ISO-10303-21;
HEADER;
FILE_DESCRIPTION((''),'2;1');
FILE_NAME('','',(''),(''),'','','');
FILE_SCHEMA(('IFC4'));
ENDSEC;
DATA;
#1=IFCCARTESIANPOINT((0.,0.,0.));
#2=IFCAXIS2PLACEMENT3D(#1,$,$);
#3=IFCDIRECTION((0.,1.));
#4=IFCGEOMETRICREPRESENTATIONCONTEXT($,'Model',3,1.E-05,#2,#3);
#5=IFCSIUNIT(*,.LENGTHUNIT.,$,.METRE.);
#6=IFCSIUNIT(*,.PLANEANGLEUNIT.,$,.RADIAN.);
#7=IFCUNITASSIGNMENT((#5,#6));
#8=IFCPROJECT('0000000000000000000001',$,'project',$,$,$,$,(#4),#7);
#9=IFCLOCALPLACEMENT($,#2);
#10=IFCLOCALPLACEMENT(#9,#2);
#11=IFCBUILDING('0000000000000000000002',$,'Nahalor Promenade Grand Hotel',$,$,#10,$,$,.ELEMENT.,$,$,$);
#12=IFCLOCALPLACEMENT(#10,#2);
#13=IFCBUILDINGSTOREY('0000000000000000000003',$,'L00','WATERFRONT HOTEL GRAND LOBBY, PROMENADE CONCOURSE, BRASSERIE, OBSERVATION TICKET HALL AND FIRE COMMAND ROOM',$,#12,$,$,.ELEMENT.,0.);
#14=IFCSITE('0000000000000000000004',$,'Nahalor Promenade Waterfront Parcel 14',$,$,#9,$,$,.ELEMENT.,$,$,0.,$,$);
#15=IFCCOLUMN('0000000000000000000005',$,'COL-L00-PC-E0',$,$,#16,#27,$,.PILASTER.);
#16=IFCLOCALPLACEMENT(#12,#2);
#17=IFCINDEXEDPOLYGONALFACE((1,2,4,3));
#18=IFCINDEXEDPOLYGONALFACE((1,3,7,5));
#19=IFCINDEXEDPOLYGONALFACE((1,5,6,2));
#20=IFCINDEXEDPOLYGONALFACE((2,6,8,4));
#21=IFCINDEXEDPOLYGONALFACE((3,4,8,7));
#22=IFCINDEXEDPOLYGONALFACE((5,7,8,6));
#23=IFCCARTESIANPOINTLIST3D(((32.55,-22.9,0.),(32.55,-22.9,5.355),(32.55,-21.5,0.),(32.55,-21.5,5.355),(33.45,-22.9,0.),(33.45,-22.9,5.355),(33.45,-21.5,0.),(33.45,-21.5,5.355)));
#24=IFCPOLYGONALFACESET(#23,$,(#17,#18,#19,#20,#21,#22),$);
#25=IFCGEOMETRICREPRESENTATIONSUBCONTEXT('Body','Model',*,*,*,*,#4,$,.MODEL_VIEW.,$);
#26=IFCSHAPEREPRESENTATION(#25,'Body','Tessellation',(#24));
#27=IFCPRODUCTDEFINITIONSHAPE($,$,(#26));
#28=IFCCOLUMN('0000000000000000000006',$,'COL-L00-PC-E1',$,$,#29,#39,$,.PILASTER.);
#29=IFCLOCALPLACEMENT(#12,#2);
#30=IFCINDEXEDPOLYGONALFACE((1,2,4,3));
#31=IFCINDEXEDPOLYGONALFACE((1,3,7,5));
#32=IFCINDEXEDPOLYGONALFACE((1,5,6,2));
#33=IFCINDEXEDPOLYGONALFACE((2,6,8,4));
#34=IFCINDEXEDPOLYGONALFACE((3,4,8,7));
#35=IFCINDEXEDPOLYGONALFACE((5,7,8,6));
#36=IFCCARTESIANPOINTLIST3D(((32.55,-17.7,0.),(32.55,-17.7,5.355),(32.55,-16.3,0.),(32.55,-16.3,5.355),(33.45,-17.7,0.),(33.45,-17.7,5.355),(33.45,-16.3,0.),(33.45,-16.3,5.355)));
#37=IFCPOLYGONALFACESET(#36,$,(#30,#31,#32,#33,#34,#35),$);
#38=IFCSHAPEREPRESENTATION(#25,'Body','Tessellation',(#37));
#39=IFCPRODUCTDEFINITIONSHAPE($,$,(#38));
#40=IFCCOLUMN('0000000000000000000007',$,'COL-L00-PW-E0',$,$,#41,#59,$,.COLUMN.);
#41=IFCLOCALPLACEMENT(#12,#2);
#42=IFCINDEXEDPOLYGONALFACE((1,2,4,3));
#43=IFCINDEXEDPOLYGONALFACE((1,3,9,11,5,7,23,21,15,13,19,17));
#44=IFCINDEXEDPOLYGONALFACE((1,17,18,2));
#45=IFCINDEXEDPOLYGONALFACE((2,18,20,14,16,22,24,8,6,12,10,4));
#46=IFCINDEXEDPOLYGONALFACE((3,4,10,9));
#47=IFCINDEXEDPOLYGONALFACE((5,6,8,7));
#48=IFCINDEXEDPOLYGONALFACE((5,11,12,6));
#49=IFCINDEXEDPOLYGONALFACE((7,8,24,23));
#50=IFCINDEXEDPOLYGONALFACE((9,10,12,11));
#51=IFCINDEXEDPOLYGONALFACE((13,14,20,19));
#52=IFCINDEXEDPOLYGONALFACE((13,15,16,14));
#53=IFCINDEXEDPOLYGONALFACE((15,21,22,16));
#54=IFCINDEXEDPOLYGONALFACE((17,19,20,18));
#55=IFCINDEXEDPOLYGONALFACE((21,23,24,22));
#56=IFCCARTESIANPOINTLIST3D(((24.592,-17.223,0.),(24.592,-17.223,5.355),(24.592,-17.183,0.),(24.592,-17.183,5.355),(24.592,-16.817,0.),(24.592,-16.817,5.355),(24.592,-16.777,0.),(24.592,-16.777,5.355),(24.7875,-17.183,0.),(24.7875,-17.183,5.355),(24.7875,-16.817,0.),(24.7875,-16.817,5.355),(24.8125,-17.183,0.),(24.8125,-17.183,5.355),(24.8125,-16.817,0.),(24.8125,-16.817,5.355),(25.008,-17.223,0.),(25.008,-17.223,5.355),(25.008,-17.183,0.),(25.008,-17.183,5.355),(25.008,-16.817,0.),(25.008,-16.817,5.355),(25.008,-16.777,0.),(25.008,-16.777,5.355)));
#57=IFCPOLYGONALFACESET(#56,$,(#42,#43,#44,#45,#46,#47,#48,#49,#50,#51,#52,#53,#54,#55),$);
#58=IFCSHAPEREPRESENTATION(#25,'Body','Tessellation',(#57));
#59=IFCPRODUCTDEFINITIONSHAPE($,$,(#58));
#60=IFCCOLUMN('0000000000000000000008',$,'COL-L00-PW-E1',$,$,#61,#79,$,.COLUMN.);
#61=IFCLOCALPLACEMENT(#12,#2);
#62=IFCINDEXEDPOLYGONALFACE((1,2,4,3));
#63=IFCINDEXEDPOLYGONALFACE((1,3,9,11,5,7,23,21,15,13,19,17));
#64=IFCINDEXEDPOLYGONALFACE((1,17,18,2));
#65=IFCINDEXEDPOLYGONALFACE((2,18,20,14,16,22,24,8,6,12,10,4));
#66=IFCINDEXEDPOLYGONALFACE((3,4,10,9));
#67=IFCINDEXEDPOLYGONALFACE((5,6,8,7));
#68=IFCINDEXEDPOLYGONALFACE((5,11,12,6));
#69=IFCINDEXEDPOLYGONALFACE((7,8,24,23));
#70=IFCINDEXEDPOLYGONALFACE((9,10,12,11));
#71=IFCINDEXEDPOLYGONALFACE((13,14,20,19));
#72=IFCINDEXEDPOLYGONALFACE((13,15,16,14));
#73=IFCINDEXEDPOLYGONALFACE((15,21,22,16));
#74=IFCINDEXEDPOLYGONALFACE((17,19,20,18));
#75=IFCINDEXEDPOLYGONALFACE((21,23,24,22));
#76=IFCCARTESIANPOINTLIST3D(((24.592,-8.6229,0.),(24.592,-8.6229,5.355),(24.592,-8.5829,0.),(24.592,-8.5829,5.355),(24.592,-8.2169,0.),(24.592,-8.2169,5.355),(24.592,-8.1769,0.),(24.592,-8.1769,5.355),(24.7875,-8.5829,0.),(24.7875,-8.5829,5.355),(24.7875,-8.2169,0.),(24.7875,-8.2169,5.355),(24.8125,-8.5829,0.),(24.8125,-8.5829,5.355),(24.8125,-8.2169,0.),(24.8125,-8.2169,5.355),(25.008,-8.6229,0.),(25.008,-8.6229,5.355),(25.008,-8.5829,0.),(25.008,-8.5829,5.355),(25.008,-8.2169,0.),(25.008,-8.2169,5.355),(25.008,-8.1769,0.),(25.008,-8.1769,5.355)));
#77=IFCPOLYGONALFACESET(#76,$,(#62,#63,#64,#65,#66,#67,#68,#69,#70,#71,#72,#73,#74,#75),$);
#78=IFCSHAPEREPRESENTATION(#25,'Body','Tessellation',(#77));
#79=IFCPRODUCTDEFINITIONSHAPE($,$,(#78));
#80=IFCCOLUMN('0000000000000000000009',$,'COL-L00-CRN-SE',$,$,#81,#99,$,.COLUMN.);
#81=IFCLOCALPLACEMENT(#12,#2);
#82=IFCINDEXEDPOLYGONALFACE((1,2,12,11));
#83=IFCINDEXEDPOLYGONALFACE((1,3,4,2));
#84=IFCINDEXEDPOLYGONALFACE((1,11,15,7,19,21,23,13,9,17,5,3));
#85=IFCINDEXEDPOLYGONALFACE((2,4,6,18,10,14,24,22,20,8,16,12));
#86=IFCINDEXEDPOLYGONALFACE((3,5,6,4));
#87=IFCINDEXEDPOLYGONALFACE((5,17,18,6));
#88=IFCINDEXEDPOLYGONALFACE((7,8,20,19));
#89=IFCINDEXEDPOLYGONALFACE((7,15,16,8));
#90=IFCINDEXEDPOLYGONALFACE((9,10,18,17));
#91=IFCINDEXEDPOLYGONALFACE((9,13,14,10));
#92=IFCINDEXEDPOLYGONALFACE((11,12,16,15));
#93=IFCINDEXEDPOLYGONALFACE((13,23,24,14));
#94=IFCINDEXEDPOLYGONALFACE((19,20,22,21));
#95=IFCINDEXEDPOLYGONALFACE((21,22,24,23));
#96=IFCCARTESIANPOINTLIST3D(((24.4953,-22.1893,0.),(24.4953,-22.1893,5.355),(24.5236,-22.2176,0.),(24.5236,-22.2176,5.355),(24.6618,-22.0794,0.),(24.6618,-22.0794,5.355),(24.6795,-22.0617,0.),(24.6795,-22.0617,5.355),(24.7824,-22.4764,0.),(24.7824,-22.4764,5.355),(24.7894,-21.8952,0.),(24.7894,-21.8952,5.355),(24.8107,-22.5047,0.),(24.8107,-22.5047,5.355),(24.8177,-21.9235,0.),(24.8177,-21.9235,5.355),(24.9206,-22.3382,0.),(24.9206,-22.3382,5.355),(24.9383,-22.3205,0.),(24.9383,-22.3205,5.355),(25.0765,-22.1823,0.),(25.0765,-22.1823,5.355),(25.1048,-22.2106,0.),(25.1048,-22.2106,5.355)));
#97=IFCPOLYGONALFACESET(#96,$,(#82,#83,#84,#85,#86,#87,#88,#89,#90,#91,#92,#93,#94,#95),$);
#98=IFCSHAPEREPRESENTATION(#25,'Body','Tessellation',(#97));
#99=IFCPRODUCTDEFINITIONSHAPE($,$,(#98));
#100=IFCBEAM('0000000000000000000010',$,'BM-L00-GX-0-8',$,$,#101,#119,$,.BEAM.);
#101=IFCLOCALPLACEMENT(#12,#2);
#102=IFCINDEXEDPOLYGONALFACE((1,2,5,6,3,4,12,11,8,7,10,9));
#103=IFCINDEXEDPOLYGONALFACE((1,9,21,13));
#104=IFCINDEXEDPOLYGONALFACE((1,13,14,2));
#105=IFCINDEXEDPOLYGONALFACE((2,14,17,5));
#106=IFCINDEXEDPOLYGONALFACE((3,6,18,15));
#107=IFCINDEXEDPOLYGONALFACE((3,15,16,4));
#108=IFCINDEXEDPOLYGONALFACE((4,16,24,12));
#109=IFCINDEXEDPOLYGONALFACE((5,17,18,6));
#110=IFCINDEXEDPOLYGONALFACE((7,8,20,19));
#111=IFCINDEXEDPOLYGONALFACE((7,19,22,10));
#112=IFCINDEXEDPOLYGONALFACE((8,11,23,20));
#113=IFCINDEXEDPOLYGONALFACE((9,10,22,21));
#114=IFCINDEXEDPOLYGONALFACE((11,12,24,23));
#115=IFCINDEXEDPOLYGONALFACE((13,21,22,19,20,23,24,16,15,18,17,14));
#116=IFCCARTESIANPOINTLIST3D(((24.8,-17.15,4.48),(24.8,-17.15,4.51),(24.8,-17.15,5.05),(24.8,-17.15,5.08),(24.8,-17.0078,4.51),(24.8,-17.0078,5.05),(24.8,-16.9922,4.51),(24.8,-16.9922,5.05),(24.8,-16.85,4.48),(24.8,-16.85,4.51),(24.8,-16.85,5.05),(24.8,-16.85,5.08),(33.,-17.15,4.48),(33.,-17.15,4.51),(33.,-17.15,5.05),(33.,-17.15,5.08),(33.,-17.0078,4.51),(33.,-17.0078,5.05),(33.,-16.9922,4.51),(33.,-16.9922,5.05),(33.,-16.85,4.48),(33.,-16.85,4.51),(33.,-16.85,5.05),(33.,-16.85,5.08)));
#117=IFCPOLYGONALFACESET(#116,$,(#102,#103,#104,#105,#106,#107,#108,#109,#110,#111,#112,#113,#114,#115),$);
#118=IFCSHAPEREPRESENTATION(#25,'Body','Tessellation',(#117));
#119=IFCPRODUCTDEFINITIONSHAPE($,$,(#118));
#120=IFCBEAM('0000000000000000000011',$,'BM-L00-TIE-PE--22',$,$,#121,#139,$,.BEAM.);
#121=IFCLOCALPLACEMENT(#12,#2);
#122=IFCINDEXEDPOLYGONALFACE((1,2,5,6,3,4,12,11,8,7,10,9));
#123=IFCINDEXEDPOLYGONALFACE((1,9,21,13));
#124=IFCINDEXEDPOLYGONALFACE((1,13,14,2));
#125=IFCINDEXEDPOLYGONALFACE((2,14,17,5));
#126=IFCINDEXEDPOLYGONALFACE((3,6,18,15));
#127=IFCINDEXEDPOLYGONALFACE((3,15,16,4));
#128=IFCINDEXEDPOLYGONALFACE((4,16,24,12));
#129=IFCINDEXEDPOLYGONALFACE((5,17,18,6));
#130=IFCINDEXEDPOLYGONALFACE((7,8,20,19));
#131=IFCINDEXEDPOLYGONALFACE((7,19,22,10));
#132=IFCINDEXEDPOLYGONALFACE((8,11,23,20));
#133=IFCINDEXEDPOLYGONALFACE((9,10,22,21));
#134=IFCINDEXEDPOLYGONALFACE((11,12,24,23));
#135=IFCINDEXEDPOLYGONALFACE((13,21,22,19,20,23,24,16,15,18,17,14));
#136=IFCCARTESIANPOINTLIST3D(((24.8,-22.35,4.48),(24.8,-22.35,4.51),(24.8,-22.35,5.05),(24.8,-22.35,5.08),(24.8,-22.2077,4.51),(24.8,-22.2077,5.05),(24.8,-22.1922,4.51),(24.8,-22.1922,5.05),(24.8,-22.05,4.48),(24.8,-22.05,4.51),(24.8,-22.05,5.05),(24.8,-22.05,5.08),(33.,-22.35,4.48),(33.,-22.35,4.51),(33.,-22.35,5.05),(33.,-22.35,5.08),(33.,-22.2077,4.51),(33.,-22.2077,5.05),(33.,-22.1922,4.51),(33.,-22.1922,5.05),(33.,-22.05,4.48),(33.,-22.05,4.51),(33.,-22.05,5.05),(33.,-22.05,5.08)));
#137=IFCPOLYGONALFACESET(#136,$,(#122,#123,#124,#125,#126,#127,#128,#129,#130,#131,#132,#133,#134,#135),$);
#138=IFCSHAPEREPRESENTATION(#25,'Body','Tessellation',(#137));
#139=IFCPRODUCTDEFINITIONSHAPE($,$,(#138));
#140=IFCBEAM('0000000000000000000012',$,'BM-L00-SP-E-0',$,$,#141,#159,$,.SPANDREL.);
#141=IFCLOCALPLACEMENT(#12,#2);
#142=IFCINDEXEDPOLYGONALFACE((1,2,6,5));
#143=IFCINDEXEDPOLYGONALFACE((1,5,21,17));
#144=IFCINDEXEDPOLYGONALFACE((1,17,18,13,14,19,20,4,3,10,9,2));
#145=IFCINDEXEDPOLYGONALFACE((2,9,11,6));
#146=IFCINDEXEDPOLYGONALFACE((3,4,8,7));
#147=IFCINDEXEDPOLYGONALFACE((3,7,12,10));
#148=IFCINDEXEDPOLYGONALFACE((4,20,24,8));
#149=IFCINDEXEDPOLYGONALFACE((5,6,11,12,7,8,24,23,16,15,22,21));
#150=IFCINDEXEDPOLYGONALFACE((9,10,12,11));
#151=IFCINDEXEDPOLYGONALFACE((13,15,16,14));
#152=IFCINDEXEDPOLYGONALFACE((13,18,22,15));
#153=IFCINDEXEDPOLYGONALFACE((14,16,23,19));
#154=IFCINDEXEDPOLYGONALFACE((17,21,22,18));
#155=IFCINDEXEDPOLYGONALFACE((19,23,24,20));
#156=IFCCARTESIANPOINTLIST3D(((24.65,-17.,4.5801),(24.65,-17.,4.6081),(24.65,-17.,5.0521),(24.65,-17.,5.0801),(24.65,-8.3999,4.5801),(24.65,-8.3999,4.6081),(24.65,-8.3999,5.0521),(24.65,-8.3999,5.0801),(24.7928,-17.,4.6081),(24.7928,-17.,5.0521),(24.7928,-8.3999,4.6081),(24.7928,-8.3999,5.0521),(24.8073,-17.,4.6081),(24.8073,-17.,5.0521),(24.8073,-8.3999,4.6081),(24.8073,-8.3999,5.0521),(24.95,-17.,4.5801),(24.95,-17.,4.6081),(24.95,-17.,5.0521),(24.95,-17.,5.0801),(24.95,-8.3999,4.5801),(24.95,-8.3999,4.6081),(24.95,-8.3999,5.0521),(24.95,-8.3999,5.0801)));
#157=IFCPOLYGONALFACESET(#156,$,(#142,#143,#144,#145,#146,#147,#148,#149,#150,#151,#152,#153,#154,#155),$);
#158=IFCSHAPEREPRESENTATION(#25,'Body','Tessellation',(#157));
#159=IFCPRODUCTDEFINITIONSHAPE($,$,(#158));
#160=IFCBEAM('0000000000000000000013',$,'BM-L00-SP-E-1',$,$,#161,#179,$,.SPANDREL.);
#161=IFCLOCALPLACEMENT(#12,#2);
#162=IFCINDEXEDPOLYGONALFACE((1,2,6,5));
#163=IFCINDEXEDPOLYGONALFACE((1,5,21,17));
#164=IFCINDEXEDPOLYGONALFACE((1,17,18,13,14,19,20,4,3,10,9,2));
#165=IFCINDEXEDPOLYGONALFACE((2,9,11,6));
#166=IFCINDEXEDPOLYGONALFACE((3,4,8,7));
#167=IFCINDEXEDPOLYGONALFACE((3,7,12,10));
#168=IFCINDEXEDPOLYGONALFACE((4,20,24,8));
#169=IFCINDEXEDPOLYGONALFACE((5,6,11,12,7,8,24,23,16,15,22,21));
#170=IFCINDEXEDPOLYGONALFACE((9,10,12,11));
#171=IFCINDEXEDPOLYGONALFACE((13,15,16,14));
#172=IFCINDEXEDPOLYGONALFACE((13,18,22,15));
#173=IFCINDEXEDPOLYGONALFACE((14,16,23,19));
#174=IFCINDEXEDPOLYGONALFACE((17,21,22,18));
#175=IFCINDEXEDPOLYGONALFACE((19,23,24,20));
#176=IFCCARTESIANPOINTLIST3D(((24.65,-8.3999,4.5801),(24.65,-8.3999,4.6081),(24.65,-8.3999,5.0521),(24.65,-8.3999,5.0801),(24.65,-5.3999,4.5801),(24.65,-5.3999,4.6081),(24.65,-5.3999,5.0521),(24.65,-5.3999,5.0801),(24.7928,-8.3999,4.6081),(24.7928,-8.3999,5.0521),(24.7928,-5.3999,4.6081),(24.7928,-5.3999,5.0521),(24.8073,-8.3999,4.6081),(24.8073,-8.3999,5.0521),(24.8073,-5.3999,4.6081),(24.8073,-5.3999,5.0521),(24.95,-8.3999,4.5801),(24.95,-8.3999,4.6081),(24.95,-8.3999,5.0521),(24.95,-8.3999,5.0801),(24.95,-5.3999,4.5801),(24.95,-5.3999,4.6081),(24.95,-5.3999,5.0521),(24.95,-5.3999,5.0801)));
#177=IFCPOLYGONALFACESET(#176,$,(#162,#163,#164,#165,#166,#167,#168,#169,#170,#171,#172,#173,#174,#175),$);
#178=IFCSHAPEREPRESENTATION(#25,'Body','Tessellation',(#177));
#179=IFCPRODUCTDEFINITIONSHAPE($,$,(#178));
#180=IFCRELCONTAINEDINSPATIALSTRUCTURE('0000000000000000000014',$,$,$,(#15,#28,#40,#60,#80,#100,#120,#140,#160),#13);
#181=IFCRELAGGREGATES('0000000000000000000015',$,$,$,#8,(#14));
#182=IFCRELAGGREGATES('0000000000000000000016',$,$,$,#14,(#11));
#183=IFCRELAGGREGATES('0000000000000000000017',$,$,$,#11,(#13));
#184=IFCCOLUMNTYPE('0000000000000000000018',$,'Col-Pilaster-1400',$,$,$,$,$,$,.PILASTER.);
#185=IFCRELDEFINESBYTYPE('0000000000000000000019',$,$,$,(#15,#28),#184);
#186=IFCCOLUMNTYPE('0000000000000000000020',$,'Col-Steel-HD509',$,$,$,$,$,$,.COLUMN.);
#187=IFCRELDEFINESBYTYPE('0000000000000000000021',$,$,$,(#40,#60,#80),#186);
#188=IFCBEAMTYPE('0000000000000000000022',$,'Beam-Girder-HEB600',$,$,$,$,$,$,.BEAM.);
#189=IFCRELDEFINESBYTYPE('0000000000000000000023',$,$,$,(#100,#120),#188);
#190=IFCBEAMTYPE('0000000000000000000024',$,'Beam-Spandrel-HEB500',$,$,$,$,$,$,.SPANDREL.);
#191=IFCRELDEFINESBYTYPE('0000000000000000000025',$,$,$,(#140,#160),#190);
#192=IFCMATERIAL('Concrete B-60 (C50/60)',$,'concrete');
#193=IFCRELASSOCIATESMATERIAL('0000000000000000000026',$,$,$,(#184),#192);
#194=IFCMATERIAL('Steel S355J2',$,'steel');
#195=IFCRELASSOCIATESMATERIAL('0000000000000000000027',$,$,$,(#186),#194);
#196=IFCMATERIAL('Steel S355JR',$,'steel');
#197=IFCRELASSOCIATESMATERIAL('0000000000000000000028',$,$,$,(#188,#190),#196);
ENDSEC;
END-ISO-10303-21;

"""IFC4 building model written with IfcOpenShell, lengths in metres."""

from ifc_helpers import new_model, si_unit, direction, frame, origin, origin_2d, place, context, subcontext, project, spatial, rectangle, i_section, extrude, source, transform, mapped, material, material_profile, profile_set, type_object, element, save


model = new_model("IFC4")

# Units and contexts
model_context = context("Model", 3, precision=1e-05, world=origin(), true_north=direction((0.0, 1.0)))
body_context = subcontext(model_context, "Body", "Model", "MODEL_VIEW")
ifc_project = project(units=[si_unit("LENGTHUNIT", "METRE"), si_unit("PLANEANGLEUNIT", "RADIAN")], contexts=[model_context])

# Site, building, storey
site_placement = place(None, origin())
site = spatial("IfcSite", under=ifc_project, at=site_placement, Name="Nahalor Promenade Waterfront Parcel 14", CompositionType="ELEMENT", RefElevation=0.0)
building_placement = place(site_placement, origin())
building = spatial("IfcBuilding", under=site, at=building_placement, Name="Nahalor Promenade Grand Hotel", CompositionType="ELEMENT")
storey_placement = place(building_placement, origin())
storey = spatial("IfcBuildingStorey", under=building, at=storey_placement, Name="L00", Description="WATERFRONT HOTEL GRAND LOBBY, PROMENADE CONCOURSE, BRASSERIE, OBSERVATION TICKET HALL AND FIRE COMMAND ROOM", CompositionType="ELEMENT", Elevation=0.0)

# Columns
ifc_material_1 = material(Name="Concrete B-60 (C50/60)", Category="concrete")
ifc_material_profile_1 = material_profile(ifc_material_1, rectangle(XDim=0.9, YDim=1.4, at=origin_2d()), Name="RC 900x1400")
ifc_profile_set_1 = profile_set([ifc_material_profile_1], Name="Concrete B-60 (C50/60)")
column_type_1 = type_object("IfcColumnType", Name="Col-Pilaster-1400", PredefinedType="PILASTER", material=ifc_profile_set_1)
shared_shape_1 = source(origin(), body_context, "Body", "SweptSolid", [
    extrude(rectangle(XDim=0.9, YDim=1.4, at=origin_2d()), origin(), (0.0, 0.0, 1.0), 5.355),
])
for number, where, z_axis, x_axis, name in (
    (1, (33.0, -22.2, 0.0), (0.0, 0.0, 1.0), (1.0, 0.0, 0.0), "COL-L00-PC-E0"),
    (2, (33.0, -17.0, 0.0), (0.0, 0.0, 1.0), (1.0, 0.0, 0.0), "COL-L00-PC-E1"),
):
    element("IfcColumn", number, at=place(storey_placement, frame(where, z_axis=z_axis, x_axis=x_axis)), inside=storey, type_object=column_type_1, Name=name, PredefinedType="PILASTER", context=body_context, shape_type="MappedRepresentation", body=[
        mapped(shared_shape_1, transform((0.0, 0.0, 0.0), scale=1.0)),
    ])
ifc_material_2 = material(Name="Steel S355J2", Category="steel")
ifc_material_profile_2 = material_profile(ifc_material_2, i_section(OverallWidth=0.416, OverallDepth=0.446, WebThickness=0.025, FlangeThickness=0.04, at=origin_2d()), Name="HD 400x509")
ifc_profile_set_2 = profile_set([ifc_material_profile_2], Name="Steel S355J2")
column_type_2 = type_object("IfcColumnType", Name="Col-Steel-HD509", PredefinedType="COLUMN", material=ifc_profile_set_2)
shared_shape_2 = source(origin(), body_context, "Body", "SweptSolid", [
    extrude(i_section(OverallWidth=0.416, OverallDepth=0.446, WebThickness=0.025, FlangeThickness=0.04, at=origin_2d()), origin(), (0.0, 0.0, 1.0), 5.355),
])
for number, where, z_axis, x_axis, name in (
    (3, (24.8, -17.0, 0.0), (0.0, 0.0, 1.0), (1.0, 0.0, 0.0), "COL-L00-PW-E0"),
    (4, (24.8, -8.3999, 0.0), (0.0, 0.0, 1.0), (1.0, 0.0, 0.0), "COL-L00-PW-E1"),
    (5, (24.8, -22.2, 0.0), (0.0, 0.0, 1.0), (0.707107, 0.707107, 0.0), "COL-L00-CRN-SE"),
):
    element("IfcColumn", number, at=place(storey_placement, frame(where, z_axis=z_axis, x_axis=x_axis)), inside=storey, type_object=column_type_2, Name=name, PredefinedType="COLUMN", context=body_context, shape_type="MappedRepresentation", body=[
        mapped(shared_shape_2, transform((0.0, 0.0, 0.0), scale=1.0)),
    ])

# Beams
ifc_material_3 = material(Name="Steel S355JR", Category="steel")
ifc_material_profile_3 = material_profile(ifc_material_3, i_section(OverallWidth=0.3, OverallDepth=0.6, WebThickness=0.0155, FlangeThickness=0.03, at=origin_2d()), Name="HEB 600")
ifc_profile_set_3 = profile_set([ifc_material_profile_3], Name="Steel S355JR")
beam_type_1 = type_object("IfcBeamType", Name="Beam-Girder-HEB600", PredefinedType="BEAM", material=ifc_profile_set_3)
shared_shape_3 = source(origin(), body_context, "Body", "SweptSolid", [
    extrude(i_section(OverallWidth=0.3, OverallDepth=0.6, WebThickness=0.0155, FlangeThickness=0.03, at=origin_2d()), origin(), (0.0, 0.0, 1.0), 8.2),
])
for number, where, z_axis, x_axis, name in (
    (6, (24.8, -17.0, 4.78), (1.0, 0.0, 0.0), (0.0, 1.0, 0.0), "BM-L00-GX-0-8"),
    (7, (24.8, -22.2, 4.78), (1.0, 0.0, 0.0), (0.0, 1.0, 0.0), "BM-L00-TIE-PE--22"),
):
    element("IfcBeam", number, at=place(storey_placement, frame(where, z_axis=z_axis, x_axis=x_axis)), inside=storey, type_object=beam_type_1, Name=name, PredefinedType="BEAM", context=body_context, shape_type="MappedRepresentation", body=[
        mapped(shared_shape_3, transform((0.0, 0.0, 0.0), scale=1.0)),
    ])
ifc_material_profile_4 = material_profile(ifc_material_3, i_section(OverallWidth=0.3, OverallDepth=0.5, WebThickness=0.0145, FlangeThickness=0.028, at=origin_2d()), Name="HEB 500")
ifc_profile_set_4 = profile_set([ifc_material_profile_4], Name="Steel S355JR")
beam_type_2 = type_object("IfcBeamType", Name="Beam-Spandrel-HEB500", PredefinedType="SPANDREL", material=ifc_profile_set_4)
shared_shape_4 = source(origin(), body_context, "Body", "SweptSolid", [
    extrude(i_section(OverallWidth=0.3, OverallDepth=0.5, WebThickness=0.0145, FlangeThickness=0.028, at=origin_2d()), origin(), (0.0, 0.0, 1.0), 8.6001),
])
beam_1_placement = place(storey_placement, frame((24.8, -17.0, 4.8301), z_axis=(0.0, 1.0, 0.0), x_axis=(-1.0, 0.0, 0.0)))
element("IfcBeam", 8, at=beam_1_placement, inside=storey, type_object=beam_type_2, Name="BM-L00-SP-E-0", PredefinedType="SPANDREL", context=body_context, shape_type="MappedRepresentation", body=[
    mapped(shared_shape_4, transform((0.0, 0.0, 0.0), scale=1.0)),
])
shared_shape_5 = source(origin(), body_context, "Body", "SweptSolid", [
    extrude(i_section(OverallWidth=0.3, OverallDepth=0.5, WebThickness=0.0145, FlangeThickness=0.028, at=origin_2d()), origin(), (0.0, 0.0, 1.0), 3.0),
])
beam_2_placement = place(storey_placement, frame((24.8, -8.3999, 4.8301), z_axis=(0.0, 1.0, 0.0), x_axis=(-1.0, 0.0, 0.0)))
element("IfcBeam", 9, at=beam_2_placement, inside=storey, type_object=beam_type_2, Name="BM-L00-SP-E-1", PredefinedType="SPANDREL", context=body_context, shape_type="MappedRepresentation", body=[
    mapped(shared_shape_5, transform((0.0, 0.0, 0.0), scale=1.0)),
])

save(model, "model.ifc")
